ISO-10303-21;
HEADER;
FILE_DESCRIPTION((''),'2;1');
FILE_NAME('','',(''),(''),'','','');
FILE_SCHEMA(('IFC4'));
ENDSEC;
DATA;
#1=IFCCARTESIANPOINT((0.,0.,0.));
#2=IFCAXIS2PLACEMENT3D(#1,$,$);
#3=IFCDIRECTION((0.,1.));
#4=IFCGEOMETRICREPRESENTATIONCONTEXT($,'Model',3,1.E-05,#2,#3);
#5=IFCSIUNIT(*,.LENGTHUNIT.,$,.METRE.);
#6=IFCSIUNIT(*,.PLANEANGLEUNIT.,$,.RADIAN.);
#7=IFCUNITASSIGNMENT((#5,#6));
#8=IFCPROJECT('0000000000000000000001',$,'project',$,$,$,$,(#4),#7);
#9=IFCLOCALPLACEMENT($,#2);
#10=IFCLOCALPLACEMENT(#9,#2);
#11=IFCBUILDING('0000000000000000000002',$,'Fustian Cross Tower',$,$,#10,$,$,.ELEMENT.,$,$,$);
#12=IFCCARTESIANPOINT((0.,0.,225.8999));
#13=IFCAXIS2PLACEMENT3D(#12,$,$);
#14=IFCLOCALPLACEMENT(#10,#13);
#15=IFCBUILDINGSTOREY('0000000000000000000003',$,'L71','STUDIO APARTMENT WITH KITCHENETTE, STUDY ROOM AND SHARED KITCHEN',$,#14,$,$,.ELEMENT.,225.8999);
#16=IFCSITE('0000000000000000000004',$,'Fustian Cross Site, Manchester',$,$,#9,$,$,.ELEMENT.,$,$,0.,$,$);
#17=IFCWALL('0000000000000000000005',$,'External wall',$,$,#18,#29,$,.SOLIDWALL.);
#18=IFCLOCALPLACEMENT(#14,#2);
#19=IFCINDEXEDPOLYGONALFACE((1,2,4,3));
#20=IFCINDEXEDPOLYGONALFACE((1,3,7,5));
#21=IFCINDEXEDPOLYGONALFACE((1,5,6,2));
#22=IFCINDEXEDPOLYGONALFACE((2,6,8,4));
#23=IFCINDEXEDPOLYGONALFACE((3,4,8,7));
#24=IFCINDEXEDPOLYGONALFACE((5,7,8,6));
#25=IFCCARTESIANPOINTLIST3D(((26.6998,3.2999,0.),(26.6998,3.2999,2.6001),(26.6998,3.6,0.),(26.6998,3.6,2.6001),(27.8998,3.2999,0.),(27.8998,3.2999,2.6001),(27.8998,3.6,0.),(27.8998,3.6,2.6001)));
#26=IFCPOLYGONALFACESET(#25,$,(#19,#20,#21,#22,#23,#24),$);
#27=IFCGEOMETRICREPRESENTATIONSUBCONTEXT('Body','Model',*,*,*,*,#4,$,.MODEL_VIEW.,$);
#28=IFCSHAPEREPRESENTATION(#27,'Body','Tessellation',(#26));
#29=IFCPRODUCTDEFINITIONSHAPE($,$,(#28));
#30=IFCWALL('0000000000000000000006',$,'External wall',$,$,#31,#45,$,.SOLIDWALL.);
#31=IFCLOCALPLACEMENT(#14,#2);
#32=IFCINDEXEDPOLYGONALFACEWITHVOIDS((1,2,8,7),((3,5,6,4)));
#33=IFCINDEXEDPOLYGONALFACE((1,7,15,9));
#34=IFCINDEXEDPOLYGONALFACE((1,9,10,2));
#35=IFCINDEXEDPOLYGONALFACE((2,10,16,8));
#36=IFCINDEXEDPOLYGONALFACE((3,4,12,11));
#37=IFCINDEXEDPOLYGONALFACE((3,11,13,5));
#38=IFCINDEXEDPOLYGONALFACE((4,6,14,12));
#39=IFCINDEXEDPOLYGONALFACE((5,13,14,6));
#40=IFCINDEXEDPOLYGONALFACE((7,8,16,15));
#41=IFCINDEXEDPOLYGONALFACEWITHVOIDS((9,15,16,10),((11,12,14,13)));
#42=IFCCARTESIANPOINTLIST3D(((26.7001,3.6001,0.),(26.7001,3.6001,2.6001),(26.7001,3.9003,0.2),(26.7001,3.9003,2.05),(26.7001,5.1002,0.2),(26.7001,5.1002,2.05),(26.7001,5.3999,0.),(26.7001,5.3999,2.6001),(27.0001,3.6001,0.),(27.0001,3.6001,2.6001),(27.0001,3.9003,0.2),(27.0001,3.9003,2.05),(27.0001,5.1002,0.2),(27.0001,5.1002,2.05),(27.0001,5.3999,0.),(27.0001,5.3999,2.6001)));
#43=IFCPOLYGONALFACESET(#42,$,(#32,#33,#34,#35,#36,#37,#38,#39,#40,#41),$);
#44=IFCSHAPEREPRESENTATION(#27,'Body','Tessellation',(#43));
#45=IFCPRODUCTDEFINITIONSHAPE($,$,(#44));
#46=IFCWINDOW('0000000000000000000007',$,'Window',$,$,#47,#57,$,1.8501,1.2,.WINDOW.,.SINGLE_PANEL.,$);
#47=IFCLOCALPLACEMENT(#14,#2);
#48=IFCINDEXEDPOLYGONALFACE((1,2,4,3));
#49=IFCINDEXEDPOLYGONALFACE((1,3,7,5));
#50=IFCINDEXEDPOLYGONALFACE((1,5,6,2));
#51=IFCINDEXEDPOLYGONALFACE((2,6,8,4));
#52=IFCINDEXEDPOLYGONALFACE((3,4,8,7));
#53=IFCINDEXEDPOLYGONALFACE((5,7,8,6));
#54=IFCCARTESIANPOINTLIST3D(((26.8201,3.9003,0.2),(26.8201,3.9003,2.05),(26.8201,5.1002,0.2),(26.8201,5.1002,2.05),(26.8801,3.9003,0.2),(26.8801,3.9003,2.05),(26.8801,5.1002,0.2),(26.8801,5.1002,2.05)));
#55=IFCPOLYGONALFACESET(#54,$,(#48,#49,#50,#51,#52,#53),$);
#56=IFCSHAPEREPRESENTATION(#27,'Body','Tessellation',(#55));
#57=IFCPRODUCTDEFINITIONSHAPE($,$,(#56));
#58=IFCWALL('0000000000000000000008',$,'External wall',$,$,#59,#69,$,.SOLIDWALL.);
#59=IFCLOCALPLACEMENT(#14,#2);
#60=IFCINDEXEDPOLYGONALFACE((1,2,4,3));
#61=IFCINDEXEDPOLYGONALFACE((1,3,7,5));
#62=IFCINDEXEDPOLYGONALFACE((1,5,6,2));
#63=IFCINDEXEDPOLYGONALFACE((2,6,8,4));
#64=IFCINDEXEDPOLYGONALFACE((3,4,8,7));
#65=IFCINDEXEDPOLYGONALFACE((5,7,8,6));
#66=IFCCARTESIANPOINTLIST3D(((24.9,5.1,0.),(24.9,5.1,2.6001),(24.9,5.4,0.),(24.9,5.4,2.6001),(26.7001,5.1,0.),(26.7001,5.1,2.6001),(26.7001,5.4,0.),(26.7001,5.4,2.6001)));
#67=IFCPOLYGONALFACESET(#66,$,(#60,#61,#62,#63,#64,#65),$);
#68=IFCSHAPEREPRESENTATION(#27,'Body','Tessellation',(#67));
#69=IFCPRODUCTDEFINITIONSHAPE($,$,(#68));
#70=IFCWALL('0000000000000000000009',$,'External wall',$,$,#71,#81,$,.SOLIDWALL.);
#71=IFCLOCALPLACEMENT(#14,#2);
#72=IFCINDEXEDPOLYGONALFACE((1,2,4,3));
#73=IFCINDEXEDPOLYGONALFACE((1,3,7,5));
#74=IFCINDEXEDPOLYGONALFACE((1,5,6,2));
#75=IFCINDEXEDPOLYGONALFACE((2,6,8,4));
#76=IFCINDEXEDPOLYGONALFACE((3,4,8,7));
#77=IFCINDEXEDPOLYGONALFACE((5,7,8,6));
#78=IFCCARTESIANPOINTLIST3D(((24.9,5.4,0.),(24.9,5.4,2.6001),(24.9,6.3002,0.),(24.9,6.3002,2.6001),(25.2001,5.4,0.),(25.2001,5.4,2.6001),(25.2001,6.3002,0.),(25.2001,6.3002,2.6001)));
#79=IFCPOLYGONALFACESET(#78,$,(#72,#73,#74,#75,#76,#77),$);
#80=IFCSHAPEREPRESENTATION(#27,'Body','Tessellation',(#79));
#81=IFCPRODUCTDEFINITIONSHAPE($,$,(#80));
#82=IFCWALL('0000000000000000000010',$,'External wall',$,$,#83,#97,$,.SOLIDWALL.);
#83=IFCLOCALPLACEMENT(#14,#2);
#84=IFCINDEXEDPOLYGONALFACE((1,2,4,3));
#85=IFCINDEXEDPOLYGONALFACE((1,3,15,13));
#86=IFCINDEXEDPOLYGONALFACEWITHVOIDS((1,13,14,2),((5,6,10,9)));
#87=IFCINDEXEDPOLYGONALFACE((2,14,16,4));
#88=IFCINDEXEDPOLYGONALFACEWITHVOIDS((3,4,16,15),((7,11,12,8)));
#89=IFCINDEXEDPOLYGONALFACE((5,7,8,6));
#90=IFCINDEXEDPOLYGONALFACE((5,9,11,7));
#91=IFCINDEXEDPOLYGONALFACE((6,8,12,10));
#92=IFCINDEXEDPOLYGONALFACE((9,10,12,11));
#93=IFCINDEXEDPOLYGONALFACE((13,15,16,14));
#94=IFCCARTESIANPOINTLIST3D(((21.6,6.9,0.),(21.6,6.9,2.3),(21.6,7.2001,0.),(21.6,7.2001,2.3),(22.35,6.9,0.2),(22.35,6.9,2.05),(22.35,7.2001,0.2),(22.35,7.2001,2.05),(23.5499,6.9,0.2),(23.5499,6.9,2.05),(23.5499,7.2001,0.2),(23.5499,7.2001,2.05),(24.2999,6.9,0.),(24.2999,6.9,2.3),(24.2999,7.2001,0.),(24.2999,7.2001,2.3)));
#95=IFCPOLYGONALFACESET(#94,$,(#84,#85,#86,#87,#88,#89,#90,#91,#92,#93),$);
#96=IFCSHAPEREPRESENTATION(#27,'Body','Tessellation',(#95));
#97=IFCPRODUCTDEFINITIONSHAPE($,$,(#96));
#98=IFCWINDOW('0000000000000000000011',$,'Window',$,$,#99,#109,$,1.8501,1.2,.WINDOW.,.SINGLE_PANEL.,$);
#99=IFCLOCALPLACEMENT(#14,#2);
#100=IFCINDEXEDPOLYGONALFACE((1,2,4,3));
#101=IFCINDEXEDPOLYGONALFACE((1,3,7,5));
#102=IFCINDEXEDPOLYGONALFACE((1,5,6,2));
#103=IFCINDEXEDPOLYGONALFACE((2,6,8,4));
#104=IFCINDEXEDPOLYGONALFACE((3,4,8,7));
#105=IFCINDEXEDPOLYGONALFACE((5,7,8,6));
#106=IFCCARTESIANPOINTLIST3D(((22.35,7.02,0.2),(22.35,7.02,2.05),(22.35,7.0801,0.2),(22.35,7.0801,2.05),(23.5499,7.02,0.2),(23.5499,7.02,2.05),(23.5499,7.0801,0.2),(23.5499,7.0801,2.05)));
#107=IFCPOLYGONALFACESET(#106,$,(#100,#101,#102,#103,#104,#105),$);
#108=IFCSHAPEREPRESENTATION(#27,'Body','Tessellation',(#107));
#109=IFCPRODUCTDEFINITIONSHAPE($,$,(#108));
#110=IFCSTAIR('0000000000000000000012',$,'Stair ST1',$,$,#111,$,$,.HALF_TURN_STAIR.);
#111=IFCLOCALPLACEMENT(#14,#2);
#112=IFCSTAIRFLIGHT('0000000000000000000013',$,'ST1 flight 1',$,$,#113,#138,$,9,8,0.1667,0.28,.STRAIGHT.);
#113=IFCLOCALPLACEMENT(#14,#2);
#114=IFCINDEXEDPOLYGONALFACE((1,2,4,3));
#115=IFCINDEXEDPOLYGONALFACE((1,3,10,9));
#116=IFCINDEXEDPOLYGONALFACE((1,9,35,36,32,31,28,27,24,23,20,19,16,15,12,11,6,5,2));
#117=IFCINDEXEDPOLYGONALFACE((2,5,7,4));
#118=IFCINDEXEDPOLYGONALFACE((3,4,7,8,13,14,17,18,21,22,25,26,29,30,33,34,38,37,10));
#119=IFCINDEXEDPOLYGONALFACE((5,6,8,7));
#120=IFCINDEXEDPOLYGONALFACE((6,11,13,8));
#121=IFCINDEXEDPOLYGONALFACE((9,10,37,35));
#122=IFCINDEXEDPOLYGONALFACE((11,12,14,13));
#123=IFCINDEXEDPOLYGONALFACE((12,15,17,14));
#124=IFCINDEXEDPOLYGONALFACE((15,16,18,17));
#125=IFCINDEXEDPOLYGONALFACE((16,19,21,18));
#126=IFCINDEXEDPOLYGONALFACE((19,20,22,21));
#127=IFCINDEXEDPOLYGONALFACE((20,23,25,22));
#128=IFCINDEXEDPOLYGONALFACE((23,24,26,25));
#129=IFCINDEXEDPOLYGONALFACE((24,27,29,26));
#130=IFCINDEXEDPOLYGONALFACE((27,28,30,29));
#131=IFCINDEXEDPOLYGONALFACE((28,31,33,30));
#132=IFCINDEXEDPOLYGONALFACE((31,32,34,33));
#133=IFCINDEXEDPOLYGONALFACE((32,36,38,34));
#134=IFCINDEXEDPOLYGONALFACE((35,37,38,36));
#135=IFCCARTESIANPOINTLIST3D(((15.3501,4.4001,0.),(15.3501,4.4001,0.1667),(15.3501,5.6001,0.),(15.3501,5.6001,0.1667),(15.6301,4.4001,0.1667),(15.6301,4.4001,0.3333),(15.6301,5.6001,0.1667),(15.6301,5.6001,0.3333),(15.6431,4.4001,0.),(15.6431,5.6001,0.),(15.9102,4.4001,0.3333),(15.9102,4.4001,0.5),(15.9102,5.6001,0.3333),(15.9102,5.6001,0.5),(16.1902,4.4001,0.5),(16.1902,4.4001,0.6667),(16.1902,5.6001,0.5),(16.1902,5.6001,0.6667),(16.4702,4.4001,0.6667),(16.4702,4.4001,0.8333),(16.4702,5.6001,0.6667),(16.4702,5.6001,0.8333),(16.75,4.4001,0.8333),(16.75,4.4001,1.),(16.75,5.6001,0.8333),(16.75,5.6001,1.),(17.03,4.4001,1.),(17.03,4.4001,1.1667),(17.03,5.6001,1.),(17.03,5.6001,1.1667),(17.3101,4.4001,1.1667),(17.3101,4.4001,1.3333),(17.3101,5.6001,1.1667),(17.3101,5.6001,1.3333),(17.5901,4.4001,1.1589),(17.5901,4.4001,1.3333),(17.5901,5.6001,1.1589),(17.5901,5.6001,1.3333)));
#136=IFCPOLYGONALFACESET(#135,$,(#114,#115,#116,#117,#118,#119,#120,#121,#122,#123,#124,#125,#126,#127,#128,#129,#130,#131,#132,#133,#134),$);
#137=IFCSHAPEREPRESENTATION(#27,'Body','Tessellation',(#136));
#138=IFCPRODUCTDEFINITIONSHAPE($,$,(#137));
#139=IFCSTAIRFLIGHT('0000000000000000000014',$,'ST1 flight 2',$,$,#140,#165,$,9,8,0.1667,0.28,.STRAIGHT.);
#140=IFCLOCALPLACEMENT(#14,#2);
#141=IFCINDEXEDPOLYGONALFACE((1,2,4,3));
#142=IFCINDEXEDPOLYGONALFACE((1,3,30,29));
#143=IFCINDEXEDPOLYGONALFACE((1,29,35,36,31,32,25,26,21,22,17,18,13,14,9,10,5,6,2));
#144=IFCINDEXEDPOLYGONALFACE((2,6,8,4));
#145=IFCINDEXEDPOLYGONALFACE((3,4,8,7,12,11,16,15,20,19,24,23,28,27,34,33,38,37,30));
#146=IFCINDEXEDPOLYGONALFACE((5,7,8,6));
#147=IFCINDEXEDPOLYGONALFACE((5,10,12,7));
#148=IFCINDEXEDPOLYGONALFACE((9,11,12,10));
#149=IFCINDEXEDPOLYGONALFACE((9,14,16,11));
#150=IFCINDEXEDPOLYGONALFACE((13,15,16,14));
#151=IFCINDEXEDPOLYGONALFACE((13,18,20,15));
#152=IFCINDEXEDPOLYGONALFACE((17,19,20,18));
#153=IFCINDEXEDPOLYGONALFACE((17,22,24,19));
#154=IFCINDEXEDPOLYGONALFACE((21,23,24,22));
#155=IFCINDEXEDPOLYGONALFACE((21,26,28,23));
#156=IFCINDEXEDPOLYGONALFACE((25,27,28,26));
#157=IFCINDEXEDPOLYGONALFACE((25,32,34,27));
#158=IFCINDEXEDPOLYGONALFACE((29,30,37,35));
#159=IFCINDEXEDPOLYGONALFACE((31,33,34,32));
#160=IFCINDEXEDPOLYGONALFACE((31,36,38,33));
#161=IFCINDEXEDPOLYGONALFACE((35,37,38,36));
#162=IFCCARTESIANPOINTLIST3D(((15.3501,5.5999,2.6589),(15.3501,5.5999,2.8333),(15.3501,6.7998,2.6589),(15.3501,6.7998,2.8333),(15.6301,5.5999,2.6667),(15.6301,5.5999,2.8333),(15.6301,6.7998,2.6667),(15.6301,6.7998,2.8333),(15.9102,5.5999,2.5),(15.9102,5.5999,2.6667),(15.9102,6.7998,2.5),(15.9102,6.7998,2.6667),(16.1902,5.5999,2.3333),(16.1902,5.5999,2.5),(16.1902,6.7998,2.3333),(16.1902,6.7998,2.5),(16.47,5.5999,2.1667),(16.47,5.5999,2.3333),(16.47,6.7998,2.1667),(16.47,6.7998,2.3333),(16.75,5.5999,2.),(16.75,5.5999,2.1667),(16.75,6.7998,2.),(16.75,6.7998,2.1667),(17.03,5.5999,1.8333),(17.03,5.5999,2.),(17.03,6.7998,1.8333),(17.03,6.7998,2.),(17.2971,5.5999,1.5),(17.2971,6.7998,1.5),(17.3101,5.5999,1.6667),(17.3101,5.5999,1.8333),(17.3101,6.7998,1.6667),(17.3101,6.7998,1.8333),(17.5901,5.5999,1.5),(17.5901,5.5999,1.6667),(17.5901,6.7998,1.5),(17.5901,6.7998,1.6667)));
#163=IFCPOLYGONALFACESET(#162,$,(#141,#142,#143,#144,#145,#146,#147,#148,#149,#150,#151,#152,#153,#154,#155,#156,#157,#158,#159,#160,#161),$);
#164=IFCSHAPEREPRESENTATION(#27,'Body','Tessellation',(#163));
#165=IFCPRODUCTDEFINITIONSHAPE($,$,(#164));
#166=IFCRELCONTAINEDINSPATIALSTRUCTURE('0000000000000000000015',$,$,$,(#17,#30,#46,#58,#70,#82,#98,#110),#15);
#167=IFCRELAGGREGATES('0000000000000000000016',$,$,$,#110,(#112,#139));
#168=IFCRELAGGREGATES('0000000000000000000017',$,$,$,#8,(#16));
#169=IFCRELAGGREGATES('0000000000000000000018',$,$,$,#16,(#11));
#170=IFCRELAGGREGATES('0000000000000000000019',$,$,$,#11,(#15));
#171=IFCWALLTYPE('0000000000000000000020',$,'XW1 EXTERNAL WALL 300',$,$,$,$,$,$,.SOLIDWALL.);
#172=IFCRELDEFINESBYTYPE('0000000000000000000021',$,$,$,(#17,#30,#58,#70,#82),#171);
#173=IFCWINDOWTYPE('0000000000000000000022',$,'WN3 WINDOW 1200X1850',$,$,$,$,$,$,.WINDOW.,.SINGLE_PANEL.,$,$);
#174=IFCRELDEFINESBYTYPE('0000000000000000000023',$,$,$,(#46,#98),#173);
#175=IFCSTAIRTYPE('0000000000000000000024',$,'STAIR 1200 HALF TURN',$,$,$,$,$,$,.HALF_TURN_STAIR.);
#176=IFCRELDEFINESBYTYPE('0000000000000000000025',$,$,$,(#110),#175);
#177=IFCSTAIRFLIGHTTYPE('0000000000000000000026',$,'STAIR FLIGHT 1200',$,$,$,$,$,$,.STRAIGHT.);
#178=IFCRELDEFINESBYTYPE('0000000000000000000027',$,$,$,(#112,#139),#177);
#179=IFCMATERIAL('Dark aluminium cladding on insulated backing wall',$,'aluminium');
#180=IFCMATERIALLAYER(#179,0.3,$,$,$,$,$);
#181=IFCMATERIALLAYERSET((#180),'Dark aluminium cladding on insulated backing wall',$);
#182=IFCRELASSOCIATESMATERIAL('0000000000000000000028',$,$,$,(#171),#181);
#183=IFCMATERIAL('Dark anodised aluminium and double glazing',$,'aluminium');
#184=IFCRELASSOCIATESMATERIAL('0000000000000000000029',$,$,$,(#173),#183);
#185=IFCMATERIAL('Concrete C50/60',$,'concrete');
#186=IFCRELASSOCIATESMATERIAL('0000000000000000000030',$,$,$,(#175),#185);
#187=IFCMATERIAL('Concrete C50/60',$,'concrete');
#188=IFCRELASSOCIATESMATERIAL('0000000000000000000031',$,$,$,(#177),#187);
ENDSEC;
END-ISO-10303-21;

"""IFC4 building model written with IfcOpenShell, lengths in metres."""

from ifc_helpers import new_model, si_unit, direction, frame, frame_2d, origin, place, context, subcontext, project, spatial, polyline, rectangle, outline, extrude, material, layer, layer_set, type_object, element, fill, aggregate, save


model = new_model("IFC4")

# Units and contexts
model_context = context("Model", 3, precision=1e-05, world=origin(), true_north=direction((0.0, 1.0)))
body_context = subcontext(model_context, "Body", "Model", "MODEL_VIEW")
ifc_project = project(units=[si_unit("LENGTHUNIT", "METRE"), si_unit("PLANEANGLEUNIT", "RADIAN")], contexts=[model_context])

# Site, building, storey
site_placement = place(None, origin())
site = spatial("IfcSite", under=ifc_project, at=site_placement, Name="Fustian Cross Site, Manchester", CompositionType="ELEMENT", RefElevation=0.0)
building_placement = place(site_placement, origin())
building = spatial("IfcBuilding", under=site, at=building_placement, Name="Fustian Cross Tower", CompositionType="ELEMENT")
storey_placement = place(building_placement, frame((0.0, 0.0, 225.8999)))
storey = spatial("IfcBuildingStorey", under=building, at=storey_placement, Name="L71", Description="STUDIO APARTMENT WITH KITCHENETTE, STUDY ROOM AND SHARED KITCHEN", CompositionType="ELEMENT", Elevation=225.8999)

# Wall
ifc_material_1 = material(Name="Dark aluminium cladding on insulated backing wall", Category="aluminium")
ifc_layer_1 = layer(ifc_material_1, 0.3)
ifc_layer_set_1 = layer_set([ifc_layer_1], Name="Dark aluminium cladding on insulated backing wall")
wall_type_1 = type_object("IfcWallType", Name="XW1 EXTERNAL WALL 300", PredefinedType="SOLIDWALL", material=ifc_layer_set_1)
wall_1_placement = place(storey_placement, frame((27.8999, 3.45, 0.0), z_axis=(0.0, 0.0, 1.0), x_axis=(-1.0, 0.0, 0.0)))
element("IfcWall", 1, at=wall_1_placement, inside=storey, type_object=wall_type_1, Name="External wall", PredefinedType="SOLIDWALL", context=body_context, shape_type="SweptSolid", body=[
    extrude(rectangle(XDim=1.2, YDim=0.3, at=frame_2d((0.6001, 0.0))), origin(), (0.0, 0.0, 1.0), 2.6001),
])

# Wall, opening, window
wall_2_placement = place(storey_placement, frame((26.8501, 3.6001, 0.0), z_axis=(0.0, 0.0, 1.0), x_axis=(0.0, 1.0, 0.0)))
wall_2 = element("IfcWall", 2, at=wall_2_placement, inside=storey, type_object=wall_type_1, Name="External wall", PredefinedType="SOLIDWALL", context=body_context, shape_type="SweptSolid", body=[
    extrude(rectangle(XDim=1.7998, YDim=0.3, at=frame_2d((0.8999, 0.0))), origin(), (0.0, 0.0, 1.0), 2.6001),
])
opening_1_placement = place(wall_2_placement, frame((0.3, 0.0, 0.2)))
opening_1 = element("IfcOpeningElement", 3, at=opening_1_placement, cuts=wall_2, PredefinedType="OPENING", context=body_context, shape_type="SweptSolid", body=[
    extrude(rectangle(XDim=1.2, YDim=1.8501, at=frame_2d((0.6001, 0.925))), frame((0.0, 0.1599, 0.0), z_axis=(0.0, -1.0, 0.0), x_axis=(1.0, 0.0, 0.0)), (0.0, 0.0, 1.0), 0.3201),
])
ifc_material_2 = material(Name="Dark anodised aluminium and double glazing", Category="aluminium")
window_type = type_object("IfcWindowType", Name="WN3 WINDOW 1200X1850", PartitioningType="SINGLE_PANEL", PredefinedType="WINDOW", material=ifc_material_2)
window_1_placement = place(opening_1_placement, origin())
window_1 = element("IfcWindow", 4, at=window_1_placement, inside=storey, type_object=window_type, Name="Window", OverallHeight=1.8501, OverallWidth=1.2, PartitioningType="SINGLE_PANEL", PredefinedType="WINDOW", context=body_context, shape_type="SweptSolid", body=[
    extrude(rectangle(XDim=1.2, YDim=1.8501, at=frame_2d((0.6001, 0.925))), frame((0.0, 0.03, 0.0), z_axis=(0.0, -1.0, 0.0), x_axis=(1.0, 0.0, 0.0)), (0.0, 0.0, 1.0), 0.0601),
])
fill(opening_1, window_1)

# Walls
wall_3_placement = place(storey_placement, frame((26.7, 5.25, 0.0), z_axis=(0.0, 0.0, 1.0), x_axis=(-1.0, 0.0, 0.0)))
element("IfcWall", 5, at=wall_3_placement, inside=storey, type_object=wall_type_1, Name="External wall", PredefinedType="SOLIDWALL", context=body_context, shape_type="SweptSolid", body=[
    extrude(rectangle(XDim=1.8, YDim=0.3, at=frame_2d((0.8999, 0.0))), origin(), (0.0, 0.0, 1.0), 2.6001),
])
wall_4_placement = place(storey_placement, frame((25.05, 5.3999, 0.0), z_axis=(0.0, 0.0, 1.0), x_axis=(0.0, 1.0, 0.0)))
element("IfcWall", 6, at=wall_4_placement, inside=storey, type_object=wall_type_1, Name="External wall", PredefinedType="SOLIDWALL", context=body_context, shape_type="SweptSolid", body=[
    extrude(rectangle(XDim=0.9001, YDim=0.3, at=frame_2d((0.4502, 0.0))), origin(), (0.0, 0.0, 1.0), 2.6001),
])

# Wall, opening, window
wall_5_placement = place(storey_placement, frame((24.3, 7.05, 0.0), z_axis=(0.0, 0.0, 1.0), x_axis=(-1.0, 0.0, 0.0)))
wall_5 = element("IfcWall", 7, at=wall_5_placement, inside=storey, type_object=wall_type_1, Name="External wall", PredefinedType="SOLIDWALL", context=body_context, shape_type="SweptSolid", body=[
    extrude(rectangle(XDim=2.7, YDim=0.3, at=frame_2d((1.3501, 0.0))), origin(), (0.0, 0.0, 1.0), 2.3),
])
opening_2_placement = place(wall_5_placement, frame((0.75, 0.0, 0.2)))
opening_2 = element("IfcOpeningElement", 8, at=opening_2_placement, cuts=wall_5, PredefinedType="OPENING", context=body_context, shape_type="SweptSolid", body=[
    extrude(rectangle(XDim=1.2, YDim=1.8501, at=frame_2d((0.6001, 0.925))), frame((0.0, 0.1599, 0.0), z_axis=(0.0, -1.0, 0.0), x_axis=(1.0, 0.0, 0.0)), (0.0, 0.0, 1.0), 0.3201),
])
window_2_placement = place(opening_2_placement, origin())
window_2 = element("IfcWindow", 9, at=window_2_placement, inside=storey, type_object=window_type, Name="Window", OverallHeight=1.8501, OverallWidth=1.2, PartitioningType="SINGLE_PANEL", PredefinedType="WINDOW", context=body_context, shape_type="SweptSolid", body=[
    extrude(rectangle(XDim=1.2, YDim=1.8501, at=frame_2d((0.6001, 0.925))), frame((0.0, 0.03, 0.0), z_axis=(0.0, -1.0, 0.0), x_axis=(1.0, 0.0, 0.0)), (0.0, 0.0, 1.0), 0.0601),
])
fill(opening_2, window_2)

# Stair, stair flights
ifc_material_3 = material(Name="Concrete C50/60", Category="concrete")
stair_type = type_object("IfcStairType", Name="STAIR 1200 HALF TURN", PredefinedType="HALF_TURN_STAIR", material=ifc_material_3)
stair_placement = place(storey_placement, origin())
stair = element("IfcStair", 10, at=stair_placement, inside=storey, type_object=stair_type, Name="Stair ST1", PredefinedType="HALF_TURN_STAIR")
ifc_material_4 = material(Name="Concrete C50/60", Category="concrete")
stair_flight_type = type_object("IfcStairFlightType", Name="STAIR FLIGHT 1200", PredefinedType="STRAIGHT", material=ifc_material_4)
stair_flight_1_placement = place(storey_placement, frame((15.3501, 5.0, 0.0), z_axis=(0.0, 0.0, 1.0), x_axis=(1.0, 0.0, 0.0)))
stair_flight_1 = element("IfcStairFlight", 11, at=stair_flight_1_placement, type_object=stair_flight_type, Name="ST1 flight 1", NumberOfRisers=9, NumberOfTreads=8, PredefinedType="STRAIGHT", RiserHeight=0.1667, TreadLength=0.28, context=body_context, shape_type="SweptSolid", body=[
    extrude(outline(polyline([(0.0, 0.0), (0.0, 0.1667), (0.28, 0.1667), (0.28, 0.3333), (0.5601, 0.3333), (0.5601, 0.5), (0.8401, 0.5), (0.8401, 0.6667), (1.1201, 0.6667), (1.1201, 0.8333), (1.3999, 0.8333), (1.3999, 1.0), (1.6799, 1.0), (1.6799, 1.1667), (1.96, 1.1667), (1.96, 1.3333), (2.24, 1.3333), (2.24, 1.5), (2.24, 1.1589), (0.293, 0.0), (0.0, 0.0)])), frame((0.0, 0.6001, 0.0), z_axis=(0.0, -1.0, 0.0), x_axis=(1.0, 0.0, 0.0)), (0.0, 0.0, 1.0), 1.2),
])
stair_flight_2_placement = place(storey_placement, frame((17.5901, 6.2, 1.5), z_axis=(0.0, 0.0, 1.0), x_axis=(-1.0, 0.0, 0.0)))
stair_flight_2 = element("IfcStairFlight", 12, at=stair_flight_2_placement, type_object=stair_flight_type, Name="ST1 flight 2", NumberOfRisers=9, NumberOfTreads=8, PredefinedType="STRAIGHT", RiserHeight=0.1667, TreadLength=0.28, context=body_context, shape_type="SweptSolid", body=[
    extrude(outline(polyline([(0.0, 0.0), (0.0, 0.1667), (0.28, 0.1667), (0.28, 0.3333), (0.5601, 0.3333), (0.5601, 0.5), (0.8401, 0.5), (0.8401, 0.6667), (1.1201, 0.6667), (1.1201, 0.8333), (1.3999, 0.8333), (1.3999, 1.0), (1.6799, 1.0), (1.6799, 1.1667), (1.96, 1.1667), (1.96, 1.3333), (2.24, 1.3333), (2.24, 1.5), (2.24, 1.1589), (0.293, 0.0), (0.0, 0.0)])), frame((0.0, 0.6001, 0.0), z_axis=(0.0, -1.0, 0.0), x_axis=(1.0, 0.0, 0.0)), (0.0, 0.0, 1.0), 1.2),
])
aggregate(stair, [stair_flight_1, stair_flight_2])

save(model, "model.ifc")
